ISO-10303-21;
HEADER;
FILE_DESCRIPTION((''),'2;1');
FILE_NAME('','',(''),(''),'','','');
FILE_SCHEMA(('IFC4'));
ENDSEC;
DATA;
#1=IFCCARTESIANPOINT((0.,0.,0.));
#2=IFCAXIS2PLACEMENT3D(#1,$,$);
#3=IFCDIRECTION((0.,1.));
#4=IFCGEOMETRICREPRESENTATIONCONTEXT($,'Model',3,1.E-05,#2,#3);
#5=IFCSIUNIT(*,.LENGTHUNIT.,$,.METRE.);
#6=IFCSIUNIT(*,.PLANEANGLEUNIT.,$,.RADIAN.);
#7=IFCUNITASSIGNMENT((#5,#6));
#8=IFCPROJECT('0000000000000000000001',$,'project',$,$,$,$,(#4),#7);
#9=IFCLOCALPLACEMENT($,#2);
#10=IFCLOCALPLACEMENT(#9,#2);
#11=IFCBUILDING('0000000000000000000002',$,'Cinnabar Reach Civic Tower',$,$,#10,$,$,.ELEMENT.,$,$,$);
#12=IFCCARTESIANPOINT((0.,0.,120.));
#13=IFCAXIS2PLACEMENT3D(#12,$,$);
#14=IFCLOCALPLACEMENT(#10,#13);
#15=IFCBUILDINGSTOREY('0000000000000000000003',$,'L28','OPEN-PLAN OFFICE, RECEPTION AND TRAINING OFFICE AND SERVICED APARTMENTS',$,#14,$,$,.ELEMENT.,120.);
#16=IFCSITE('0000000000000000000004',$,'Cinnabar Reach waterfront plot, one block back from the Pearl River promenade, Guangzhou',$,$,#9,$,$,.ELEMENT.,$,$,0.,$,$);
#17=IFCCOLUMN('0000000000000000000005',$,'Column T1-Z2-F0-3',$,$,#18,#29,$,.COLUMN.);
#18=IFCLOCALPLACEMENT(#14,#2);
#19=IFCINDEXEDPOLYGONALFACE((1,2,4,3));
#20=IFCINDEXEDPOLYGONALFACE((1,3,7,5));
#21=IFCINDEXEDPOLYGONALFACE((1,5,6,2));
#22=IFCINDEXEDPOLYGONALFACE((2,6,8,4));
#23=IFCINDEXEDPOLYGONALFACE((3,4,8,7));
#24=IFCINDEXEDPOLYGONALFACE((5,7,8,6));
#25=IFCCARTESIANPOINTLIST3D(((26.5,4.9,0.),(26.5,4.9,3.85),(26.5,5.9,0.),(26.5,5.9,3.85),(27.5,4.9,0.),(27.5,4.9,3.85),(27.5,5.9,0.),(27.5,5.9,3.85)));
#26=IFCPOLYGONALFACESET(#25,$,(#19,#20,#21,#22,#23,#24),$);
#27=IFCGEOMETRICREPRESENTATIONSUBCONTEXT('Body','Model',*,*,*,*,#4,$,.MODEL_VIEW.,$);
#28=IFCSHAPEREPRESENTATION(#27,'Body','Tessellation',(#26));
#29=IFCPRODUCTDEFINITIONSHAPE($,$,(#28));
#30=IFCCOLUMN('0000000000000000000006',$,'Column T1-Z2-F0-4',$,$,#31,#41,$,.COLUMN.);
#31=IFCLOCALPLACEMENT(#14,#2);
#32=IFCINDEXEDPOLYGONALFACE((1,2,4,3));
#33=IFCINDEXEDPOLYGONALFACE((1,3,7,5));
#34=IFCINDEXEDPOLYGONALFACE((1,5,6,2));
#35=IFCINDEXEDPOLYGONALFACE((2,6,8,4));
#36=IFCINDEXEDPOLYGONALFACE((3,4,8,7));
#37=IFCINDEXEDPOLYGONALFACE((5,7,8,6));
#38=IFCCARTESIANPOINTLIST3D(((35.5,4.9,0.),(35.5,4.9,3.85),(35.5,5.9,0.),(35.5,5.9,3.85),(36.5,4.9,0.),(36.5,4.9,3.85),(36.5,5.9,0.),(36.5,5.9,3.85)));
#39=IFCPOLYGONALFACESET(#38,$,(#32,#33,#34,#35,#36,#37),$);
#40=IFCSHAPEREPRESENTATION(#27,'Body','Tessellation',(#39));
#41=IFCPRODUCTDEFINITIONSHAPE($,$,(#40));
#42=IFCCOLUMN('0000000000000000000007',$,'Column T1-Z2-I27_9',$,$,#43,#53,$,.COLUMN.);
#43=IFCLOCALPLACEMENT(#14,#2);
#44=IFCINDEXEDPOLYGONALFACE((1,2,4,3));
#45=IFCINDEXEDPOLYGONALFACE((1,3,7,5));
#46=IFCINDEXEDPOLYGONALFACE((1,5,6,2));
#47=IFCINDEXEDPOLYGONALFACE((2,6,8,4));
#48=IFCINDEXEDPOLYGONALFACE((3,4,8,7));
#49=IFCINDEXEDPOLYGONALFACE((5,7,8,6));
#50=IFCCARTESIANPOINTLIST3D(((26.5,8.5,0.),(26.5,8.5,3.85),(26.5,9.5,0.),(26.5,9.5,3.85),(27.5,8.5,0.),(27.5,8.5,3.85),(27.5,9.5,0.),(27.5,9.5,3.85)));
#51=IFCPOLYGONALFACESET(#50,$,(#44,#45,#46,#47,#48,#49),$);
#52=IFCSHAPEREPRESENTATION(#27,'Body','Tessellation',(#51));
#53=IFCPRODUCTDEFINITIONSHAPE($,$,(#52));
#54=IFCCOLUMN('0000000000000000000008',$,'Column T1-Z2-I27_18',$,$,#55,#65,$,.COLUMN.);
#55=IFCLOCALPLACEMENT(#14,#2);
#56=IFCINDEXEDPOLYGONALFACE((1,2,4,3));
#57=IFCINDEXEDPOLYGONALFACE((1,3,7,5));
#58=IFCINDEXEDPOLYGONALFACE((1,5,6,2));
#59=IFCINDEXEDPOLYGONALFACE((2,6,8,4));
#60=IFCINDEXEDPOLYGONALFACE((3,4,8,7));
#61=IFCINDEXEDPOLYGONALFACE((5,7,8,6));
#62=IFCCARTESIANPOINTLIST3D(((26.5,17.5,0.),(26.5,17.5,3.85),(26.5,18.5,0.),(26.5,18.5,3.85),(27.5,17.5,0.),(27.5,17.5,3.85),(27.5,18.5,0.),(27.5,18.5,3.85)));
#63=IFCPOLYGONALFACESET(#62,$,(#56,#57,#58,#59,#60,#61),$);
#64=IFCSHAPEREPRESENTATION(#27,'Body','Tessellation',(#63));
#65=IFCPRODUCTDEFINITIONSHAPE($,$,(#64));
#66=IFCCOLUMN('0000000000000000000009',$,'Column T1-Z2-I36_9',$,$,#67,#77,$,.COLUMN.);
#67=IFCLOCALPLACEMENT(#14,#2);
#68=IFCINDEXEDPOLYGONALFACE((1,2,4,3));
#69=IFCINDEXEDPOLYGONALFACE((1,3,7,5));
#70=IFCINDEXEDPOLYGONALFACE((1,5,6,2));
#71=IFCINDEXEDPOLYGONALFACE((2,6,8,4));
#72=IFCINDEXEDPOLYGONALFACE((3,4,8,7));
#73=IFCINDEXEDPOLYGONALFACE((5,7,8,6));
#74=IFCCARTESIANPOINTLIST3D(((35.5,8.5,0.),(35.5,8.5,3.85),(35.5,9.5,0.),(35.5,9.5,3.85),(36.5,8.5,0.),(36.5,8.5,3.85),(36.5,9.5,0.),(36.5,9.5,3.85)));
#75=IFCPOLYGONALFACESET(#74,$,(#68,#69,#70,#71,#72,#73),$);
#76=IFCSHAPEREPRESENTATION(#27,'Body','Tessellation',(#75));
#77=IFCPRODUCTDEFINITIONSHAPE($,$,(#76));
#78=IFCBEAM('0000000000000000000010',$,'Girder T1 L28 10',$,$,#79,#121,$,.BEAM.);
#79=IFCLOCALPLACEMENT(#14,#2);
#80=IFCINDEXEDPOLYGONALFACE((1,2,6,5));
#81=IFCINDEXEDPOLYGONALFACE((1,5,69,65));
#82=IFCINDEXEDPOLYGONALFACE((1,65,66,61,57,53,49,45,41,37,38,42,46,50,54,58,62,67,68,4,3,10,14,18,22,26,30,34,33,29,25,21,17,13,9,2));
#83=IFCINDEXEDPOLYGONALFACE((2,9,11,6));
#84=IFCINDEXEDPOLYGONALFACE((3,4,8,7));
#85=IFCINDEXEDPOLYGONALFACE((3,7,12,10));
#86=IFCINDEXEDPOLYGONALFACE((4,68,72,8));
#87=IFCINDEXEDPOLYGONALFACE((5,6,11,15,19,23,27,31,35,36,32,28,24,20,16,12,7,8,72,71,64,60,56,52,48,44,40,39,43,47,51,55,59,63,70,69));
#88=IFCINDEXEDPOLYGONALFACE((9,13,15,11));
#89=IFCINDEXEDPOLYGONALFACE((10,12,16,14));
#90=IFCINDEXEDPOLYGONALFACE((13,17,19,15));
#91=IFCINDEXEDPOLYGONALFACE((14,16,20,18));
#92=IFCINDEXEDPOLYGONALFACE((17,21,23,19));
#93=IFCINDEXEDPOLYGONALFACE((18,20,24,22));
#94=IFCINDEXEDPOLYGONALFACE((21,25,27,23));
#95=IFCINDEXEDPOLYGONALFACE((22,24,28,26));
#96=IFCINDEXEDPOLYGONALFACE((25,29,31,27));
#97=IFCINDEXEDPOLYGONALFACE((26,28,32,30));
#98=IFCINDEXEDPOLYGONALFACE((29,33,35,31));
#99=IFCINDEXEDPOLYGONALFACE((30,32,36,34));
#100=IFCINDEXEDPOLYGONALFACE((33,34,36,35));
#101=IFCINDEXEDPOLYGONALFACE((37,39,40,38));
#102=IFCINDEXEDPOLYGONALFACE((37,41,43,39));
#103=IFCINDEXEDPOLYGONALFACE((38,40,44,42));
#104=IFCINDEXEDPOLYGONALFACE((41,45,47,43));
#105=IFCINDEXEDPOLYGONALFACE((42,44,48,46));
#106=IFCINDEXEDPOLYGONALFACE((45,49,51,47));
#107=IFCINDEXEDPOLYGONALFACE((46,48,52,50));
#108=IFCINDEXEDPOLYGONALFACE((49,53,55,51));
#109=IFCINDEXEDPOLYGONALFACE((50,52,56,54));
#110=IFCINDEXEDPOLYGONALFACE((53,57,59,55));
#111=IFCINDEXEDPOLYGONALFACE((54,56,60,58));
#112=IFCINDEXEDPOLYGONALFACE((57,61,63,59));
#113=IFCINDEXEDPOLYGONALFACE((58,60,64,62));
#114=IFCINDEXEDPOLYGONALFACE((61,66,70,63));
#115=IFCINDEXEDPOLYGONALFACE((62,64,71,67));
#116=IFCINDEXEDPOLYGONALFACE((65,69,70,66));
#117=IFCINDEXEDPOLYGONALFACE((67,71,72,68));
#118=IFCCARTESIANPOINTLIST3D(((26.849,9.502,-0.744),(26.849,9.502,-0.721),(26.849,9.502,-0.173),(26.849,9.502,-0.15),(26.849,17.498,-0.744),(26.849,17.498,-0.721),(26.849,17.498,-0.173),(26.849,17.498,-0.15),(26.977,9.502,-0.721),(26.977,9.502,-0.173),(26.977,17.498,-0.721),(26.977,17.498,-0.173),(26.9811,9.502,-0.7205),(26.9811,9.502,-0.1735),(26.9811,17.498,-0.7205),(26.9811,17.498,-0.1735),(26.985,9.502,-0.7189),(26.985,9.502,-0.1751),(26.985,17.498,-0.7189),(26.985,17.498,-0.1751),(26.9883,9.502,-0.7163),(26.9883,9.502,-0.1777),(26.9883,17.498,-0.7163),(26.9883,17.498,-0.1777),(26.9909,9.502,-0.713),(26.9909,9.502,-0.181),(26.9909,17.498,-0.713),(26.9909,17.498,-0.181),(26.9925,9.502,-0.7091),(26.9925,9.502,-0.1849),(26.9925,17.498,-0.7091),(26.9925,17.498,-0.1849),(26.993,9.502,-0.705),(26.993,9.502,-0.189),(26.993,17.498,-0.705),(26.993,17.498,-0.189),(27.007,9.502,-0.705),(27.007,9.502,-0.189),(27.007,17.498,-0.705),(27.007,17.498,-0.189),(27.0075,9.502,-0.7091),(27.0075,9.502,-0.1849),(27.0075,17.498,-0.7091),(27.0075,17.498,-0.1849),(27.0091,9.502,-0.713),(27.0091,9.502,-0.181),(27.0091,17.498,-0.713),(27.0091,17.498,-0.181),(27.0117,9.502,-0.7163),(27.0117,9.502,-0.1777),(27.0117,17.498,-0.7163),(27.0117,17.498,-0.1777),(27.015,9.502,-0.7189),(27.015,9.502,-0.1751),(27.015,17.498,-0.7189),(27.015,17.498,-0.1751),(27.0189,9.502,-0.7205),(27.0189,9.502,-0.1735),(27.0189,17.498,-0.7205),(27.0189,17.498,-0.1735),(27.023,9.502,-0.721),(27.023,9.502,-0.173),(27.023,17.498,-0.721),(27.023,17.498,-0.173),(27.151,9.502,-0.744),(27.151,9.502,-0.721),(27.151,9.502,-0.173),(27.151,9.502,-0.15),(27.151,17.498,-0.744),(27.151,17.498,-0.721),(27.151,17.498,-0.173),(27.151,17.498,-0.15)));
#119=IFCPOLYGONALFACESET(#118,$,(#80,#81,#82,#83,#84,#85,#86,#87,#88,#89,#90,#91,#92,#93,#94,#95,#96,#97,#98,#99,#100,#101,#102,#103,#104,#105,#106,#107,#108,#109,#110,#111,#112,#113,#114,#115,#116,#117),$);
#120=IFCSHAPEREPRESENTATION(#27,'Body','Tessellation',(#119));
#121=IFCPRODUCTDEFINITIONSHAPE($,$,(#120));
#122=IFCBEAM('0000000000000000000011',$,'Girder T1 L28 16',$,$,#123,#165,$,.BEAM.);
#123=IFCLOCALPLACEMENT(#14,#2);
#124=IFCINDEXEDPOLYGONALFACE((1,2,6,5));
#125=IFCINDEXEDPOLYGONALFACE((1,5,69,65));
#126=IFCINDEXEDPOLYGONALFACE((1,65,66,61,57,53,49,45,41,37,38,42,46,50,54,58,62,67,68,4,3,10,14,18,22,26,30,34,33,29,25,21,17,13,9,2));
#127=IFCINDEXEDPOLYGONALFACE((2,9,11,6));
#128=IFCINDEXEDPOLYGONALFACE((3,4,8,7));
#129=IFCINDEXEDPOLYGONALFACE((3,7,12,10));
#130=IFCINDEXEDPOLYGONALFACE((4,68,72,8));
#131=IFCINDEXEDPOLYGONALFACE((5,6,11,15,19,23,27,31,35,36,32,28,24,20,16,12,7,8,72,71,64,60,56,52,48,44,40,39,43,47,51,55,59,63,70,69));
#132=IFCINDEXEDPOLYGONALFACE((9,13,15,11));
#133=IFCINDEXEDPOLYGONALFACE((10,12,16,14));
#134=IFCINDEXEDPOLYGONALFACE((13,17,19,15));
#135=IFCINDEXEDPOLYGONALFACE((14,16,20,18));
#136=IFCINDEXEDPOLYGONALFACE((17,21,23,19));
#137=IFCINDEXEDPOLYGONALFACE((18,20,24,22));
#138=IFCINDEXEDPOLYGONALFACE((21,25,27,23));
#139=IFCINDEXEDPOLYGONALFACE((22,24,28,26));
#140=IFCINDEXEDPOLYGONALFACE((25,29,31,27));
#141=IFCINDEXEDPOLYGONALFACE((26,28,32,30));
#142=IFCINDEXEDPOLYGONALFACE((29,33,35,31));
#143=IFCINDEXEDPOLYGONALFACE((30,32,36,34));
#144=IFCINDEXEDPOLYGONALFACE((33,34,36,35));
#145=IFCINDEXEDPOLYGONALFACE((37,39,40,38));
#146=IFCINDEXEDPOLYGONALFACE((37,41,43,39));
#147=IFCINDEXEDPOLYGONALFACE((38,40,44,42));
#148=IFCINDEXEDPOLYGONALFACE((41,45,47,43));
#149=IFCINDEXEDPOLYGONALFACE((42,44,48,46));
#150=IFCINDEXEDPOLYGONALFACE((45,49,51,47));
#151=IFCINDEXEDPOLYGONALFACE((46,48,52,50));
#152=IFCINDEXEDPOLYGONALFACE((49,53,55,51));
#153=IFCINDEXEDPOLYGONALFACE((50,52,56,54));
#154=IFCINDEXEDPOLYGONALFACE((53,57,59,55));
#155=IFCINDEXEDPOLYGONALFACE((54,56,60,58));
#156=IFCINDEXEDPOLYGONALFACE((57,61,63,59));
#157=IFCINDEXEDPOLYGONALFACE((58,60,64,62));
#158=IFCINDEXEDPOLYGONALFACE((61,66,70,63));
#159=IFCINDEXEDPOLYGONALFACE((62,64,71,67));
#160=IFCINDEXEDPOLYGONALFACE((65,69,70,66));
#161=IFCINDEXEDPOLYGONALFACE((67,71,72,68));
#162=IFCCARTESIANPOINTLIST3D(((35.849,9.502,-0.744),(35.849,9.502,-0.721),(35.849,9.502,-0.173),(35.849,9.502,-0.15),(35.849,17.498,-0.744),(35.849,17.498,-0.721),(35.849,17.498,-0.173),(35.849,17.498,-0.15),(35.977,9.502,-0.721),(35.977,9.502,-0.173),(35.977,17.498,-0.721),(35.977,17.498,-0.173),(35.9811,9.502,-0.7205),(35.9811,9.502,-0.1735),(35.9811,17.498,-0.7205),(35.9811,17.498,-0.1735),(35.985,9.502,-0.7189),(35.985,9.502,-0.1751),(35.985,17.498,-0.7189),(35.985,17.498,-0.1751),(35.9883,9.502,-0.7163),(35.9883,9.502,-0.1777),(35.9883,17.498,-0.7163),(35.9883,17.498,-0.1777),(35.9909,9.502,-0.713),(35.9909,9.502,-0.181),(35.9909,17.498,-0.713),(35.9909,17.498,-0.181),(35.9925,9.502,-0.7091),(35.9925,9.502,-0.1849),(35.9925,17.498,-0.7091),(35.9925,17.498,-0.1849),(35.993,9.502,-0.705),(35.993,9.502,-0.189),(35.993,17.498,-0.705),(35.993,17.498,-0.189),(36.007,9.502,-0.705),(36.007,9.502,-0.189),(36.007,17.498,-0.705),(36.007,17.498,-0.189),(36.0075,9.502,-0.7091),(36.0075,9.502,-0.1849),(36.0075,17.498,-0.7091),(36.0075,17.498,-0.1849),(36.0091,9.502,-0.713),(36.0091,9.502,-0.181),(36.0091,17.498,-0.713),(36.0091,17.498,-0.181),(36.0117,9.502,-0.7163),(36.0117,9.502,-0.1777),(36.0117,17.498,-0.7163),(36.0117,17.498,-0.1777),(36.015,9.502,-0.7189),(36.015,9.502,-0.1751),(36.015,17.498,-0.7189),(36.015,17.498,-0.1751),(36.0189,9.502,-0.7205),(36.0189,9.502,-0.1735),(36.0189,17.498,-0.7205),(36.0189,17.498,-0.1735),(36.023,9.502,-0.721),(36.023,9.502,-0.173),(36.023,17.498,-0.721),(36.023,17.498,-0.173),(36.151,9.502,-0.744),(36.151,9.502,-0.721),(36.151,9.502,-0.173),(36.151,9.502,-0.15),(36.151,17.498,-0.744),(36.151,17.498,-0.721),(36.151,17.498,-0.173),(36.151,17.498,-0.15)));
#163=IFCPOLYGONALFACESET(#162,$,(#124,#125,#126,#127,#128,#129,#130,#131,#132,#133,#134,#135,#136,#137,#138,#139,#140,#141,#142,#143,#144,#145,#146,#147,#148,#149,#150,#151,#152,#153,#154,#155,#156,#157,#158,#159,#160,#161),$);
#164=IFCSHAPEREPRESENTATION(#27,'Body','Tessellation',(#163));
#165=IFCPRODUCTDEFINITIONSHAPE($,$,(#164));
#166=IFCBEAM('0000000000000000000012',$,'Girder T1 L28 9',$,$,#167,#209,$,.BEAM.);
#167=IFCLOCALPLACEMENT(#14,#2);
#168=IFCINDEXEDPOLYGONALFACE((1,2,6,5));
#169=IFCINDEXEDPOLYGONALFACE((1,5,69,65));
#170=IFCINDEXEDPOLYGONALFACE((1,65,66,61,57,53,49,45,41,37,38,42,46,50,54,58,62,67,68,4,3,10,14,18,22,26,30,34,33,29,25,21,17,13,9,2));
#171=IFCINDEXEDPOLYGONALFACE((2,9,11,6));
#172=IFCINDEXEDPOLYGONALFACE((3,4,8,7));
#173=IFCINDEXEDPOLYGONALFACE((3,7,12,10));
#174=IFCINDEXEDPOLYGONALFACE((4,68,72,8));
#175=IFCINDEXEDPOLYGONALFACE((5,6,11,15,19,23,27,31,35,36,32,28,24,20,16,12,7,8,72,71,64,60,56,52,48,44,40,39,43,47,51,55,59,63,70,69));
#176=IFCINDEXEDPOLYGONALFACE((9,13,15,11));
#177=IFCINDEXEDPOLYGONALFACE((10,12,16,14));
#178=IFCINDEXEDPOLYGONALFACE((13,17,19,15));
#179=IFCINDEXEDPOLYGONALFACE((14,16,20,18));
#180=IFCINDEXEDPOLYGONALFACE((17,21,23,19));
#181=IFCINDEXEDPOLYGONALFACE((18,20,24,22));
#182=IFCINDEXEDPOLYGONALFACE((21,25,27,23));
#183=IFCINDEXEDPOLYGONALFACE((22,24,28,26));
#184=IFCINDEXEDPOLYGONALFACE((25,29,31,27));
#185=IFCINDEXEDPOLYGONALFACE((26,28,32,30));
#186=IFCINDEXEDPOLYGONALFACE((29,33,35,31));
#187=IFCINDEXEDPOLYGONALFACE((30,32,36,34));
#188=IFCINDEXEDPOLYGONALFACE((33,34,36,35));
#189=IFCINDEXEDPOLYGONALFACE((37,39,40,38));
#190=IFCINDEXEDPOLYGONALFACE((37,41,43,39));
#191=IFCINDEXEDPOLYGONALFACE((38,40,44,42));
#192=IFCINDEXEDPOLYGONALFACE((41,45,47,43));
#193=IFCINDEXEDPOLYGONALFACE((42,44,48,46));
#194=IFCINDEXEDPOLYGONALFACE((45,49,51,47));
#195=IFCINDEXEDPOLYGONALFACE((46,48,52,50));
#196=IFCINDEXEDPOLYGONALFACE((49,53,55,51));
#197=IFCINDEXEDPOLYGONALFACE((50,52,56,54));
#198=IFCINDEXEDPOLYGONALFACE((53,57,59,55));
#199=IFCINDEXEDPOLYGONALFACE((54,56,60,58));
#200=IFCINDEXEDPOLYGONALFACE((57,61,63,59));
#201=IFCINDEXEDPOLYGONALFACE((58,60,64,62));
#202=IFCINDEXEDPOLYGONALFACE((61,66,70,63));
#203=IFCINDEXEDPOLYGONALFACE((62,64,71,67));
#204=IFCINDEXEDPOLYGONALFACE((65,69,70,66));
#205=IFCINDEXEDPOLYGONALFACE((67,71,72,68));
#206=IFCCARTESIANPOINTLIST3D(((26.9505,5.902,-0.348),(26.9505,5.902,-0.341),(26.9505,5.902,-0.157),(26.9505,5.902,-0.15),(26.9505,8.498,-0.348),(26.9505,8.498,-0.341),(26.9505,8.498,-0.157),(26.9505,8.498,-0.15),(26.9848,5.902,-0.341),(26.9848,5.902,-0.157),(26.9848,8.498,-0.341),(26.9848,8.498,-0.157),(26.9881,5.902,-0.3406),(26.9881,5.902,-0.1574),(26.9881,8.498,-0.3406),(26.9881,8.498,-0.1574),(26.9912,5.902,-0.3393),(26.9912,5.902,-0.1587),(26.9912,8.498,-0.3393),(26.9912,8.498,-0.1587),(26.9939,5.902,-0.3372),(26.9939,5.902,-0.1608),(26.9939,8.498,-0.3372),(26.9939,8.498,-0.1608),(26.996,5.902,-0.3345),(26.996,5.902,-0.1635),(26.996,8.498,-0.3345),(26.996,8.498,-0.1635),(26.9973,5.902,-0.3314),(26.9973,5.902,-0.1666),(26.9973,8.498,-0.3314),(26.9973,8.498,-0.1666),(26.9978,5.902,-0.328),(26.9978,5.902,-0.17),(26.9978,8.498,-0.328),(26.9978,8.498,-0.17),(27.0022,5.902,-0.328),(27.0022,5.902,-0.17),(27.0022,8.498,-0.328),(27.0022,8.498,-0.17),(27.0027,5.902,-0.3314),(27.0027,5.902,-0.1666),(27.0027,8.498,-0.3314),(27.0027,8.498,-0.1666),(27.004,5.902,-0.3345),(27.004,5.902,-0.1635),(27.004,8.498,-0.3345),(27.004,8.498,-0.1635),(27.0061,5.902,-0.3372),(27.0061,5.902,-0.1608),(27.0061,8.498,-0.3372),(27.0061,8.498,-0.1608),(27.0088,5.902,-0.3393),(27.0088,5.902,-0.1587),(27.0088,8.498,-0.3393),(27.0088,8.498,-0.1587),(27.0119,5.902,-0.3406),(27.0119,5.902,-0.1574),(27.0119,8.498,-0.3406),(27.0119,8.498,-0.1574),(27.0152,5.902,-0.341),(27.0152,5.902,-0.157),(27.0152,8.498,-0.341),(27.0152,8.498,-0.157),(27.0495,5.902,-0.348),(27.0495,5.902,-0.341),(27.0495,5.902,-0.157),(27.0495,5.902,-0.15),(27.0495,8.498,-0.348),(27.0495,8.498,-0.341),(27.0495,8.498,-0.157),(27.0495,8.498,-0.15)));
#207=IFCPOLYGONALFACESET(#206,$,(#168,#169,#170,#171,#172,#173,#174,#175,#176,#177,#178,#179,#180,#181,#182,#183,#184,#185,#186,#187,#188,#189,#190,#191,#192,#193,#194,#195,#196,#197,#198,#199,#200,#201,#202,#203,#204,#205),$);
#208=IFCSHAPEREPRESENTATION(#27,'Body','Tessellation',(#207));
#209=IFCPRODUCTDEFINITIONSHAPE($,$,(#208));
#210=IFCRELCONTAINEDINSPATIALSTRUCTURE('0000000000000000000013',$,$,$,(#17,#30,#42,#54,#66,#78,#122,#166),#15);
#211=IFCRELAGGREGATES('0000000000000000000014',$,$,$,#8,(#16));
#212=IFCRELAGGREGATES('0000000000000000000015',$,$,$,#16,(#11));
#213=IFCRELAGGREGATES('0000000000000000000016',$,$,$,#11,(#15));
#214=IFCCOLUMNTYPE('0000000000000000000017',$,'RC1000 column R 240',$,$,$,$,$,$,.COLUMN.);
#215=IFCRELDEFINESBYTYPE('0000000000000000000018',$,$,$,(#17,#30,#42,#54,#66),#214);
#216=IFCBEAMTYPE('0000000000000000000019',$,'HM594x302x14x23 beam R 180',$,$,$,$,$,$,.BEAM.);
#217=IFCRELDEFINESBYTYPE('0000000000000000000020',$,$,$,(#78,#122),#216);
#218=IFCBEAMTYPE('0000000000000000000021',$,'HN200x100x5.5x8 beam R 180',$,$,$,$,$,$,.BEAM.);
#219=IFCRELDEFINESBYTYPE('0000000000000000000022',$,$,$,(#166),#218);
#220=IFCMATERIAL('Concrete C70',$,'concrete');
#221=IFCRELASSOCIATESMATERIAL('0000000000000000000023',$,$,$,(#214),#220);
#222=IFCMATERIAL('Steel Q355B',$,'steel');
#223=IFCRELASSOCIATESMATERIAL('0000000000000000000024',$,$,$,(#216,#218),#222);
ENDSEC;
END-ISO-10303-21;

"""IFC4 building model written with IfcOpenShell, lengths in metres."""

from ifc_helpers import new_model, si_unit, direction, frame, origin, origin_2d, place, context, subcontext, project, spatial, rectangle, i_section, extrude, material, material_profile, profile_set, type_object, element, save


model = new_model("IFC4")

# Units and contexts
model_context = context("Model", 3, precision=1e-05, world=origin(), true_north=direction((0.0, 1.0)))
body_context = subcontext(model_context, "Body", "Model", "MODEL_VIEW")
ifc_project = project(units=[si_unit("LENGTHUNIT", "METRE"), si_unit("PLANEANGLEUNIT", "RADIAN")], contexts=[model_context])

# Site, building, storey
site_placement = place(None, origin())
site = spatial("IfcSite", under=ifc_project, at=site_placement, Name="Cinnabar Reach waterfront plot, one block back from the Pearl River promenade, Guangzhou", CompositionType="ELEMENT", RefElevation=0.0)
building_placement = place(site_placement, origin())
building = spatial("IfcBuilding", under=site, at=building_placement, Name="Cinnabar Reach Civic Tower", CompositionType="ELEMENT")
storey_placement = place(building_placement, frame((0.0, 0.0, 120.0)))
storey = spatial("IfcBuildingStorey", under=building, at=storey_placement, Name="L28", Description="OPEN-PLAN OFFICE, RECEPTION AND TRAINING OFFICE AND SERVICED APARTMENTS", CompositionType="ELEMENT", Elevation=120.0)

# Columns
ifc_material_1 = material(Name="Concrete C70", Category="concrete")
ifc_material_profile_1 = material_profile(ifc_material_1, rectangle(XDim=1.0, YDim=1.0, at=origin_2d()), Name="RC1000")
ifc_profile_set_1 = profile_set([ifc_material_profile_1], Name="Concrete C70")
column_type = type_object("IfcColumnType", Name="RC1000 column R 240", PredefinedType="COLUMN", material=ifc_profile_set_1)
for number, where, z_axis, x_axis, name in (
    (1, (27.0, 5.4, 0.0), (0.0, 0.0, 1.0), (1.0, 0.0, 0.0), "Column T1-Z2-F0-3"),
    (2, (36.0, 5.4, 0.0), (0.0, 0.0, 1.0), (1.0, 0.0, 0.0), "Column T1-Z2-F0-4"),
    (3, (27.0, 9.0, 0.0), (0.0, 0.0, 1.0), (1.0, 0.0, 0.0), "Column T1-Z2-I27_9"),
    (4, (27.0, 18.0, 0.0), (0.0, 0.0, 1.0), (1.0, 0.0, 0.0), "Column T1-Z2-I27_18"),
    (5, (36.0, 9.0, 0.0), (0.0, 0.0, 1.0), (1.0, 0.0, 0.0), "Column T1-Z2-I36_9"),
):
    element("IfcColumn", number, at=place(storey_placement, frame(where, z_axis=z_axis, x_axis=x_axis)), inside=storey, type_object=column_type, Name=name, PredefinedType="COLUMN", context=body_context, shape_type="SweptSolid", body=[
        extrude(rectangle(XDim=1.0, YDim=1.0, at=origin_2d()), origin(), (0.0, 0.0, 1.0), 3.85),
    ])

# Beams
ifc_material_2 = material(Name="Steel Q355B", Category="steel")
ifc_material_profile_2 = material_profile(ifc_material_2, i_section(OverallWidth=0.302, OverallDepth=0.594, WebThickness=0.014, FlangeThickness=0.023, FilletRadius=0.016, at=origin_2d()), Name="HM594x302x14x23")
ifc_profile_set_2 = profile_set([ifc_material_profile_2], Name="Steel Q355B")
beam_type_1 = type_object("IfcBeamType", Name="HM594x302x14x23 beam R 180", PredefinedType="BEAM", material=ifc_profile_set_2)
for number, where, z_axis, x_axis, name in (
    (6, (27.0, 9.502, -0.447), (0.0, 1.0, 0.0), (-1.0, 0.0, 0.0), "Girder T1 L28 10"),
    (7, (36.0, 9.502, -0.447), (0.0, 1.0, 0.0), (-1.0, 0.0, 0.0), "Girder T1 L28 16"),
):
    element("IfcBeam", number, at=place(storey_placement, frame(where, z_axis=z_axis, x_axis=x_axis)), inside=storey, type_object=beam_type_1, Name=name, PredefinedType="BEAM", context=body_context, shape_type="SweptSolid", body=[
        extrude(i_section(OverallWidth=0.302, OverallDepth=0.594, WebThickness=0.014, FlangeThickness=0.023, FilletRadius=0.016, at=origin_2d()), origin(), (0.0, 0.0, 1.0), 7.996),
    ])
ifc_material_profile_3 = material_profile(ifc_material_2, i_section(OverallWidth=0.099, OverallDepth=0.198, WebThickness=0.0045, FlangeThickness=0.007, FilletRadius=0.013, at=origin_2d()), Name="HN200x100x5.5x8")
ifc_profile_set_3 = profile_set([ifc_material_profile_3], Name="Steel Q355B")
beam_type_2 = type_object("IfcBeamType", Name="HN200x100x5.5x8 beam R 180", PredefinedType="BEAM", material=ifc_profile_set_3)
for number, where, z_axis, x_axis, name in (
    (8, (27.0, 5.902, -0.249), (0.0, 1.0, 0.0), (-1.0, 0.0, 0.0), "Girder T1 L28 9"),
):
    element("IfcBeam", number, at=place(storey_placement, frame(where, z_axis=z_axis, x_axis=x_axis)), inside=storey, type_object=beam_type_2, Name=name, PredefinedType="BEAM", context=body_context, shape_type="SweptSolid", body=[
        extrude(i_section(OverallWidth=0.099, OverallDepth=0.198, WebThickness=0.0045, FlangeThickness=0.007, FilletRadius=0.013, at=origin_2d()), origin(), (0.0, 0.0, 1.0), 2.596),
    ])

save(model, "model.ifc")
